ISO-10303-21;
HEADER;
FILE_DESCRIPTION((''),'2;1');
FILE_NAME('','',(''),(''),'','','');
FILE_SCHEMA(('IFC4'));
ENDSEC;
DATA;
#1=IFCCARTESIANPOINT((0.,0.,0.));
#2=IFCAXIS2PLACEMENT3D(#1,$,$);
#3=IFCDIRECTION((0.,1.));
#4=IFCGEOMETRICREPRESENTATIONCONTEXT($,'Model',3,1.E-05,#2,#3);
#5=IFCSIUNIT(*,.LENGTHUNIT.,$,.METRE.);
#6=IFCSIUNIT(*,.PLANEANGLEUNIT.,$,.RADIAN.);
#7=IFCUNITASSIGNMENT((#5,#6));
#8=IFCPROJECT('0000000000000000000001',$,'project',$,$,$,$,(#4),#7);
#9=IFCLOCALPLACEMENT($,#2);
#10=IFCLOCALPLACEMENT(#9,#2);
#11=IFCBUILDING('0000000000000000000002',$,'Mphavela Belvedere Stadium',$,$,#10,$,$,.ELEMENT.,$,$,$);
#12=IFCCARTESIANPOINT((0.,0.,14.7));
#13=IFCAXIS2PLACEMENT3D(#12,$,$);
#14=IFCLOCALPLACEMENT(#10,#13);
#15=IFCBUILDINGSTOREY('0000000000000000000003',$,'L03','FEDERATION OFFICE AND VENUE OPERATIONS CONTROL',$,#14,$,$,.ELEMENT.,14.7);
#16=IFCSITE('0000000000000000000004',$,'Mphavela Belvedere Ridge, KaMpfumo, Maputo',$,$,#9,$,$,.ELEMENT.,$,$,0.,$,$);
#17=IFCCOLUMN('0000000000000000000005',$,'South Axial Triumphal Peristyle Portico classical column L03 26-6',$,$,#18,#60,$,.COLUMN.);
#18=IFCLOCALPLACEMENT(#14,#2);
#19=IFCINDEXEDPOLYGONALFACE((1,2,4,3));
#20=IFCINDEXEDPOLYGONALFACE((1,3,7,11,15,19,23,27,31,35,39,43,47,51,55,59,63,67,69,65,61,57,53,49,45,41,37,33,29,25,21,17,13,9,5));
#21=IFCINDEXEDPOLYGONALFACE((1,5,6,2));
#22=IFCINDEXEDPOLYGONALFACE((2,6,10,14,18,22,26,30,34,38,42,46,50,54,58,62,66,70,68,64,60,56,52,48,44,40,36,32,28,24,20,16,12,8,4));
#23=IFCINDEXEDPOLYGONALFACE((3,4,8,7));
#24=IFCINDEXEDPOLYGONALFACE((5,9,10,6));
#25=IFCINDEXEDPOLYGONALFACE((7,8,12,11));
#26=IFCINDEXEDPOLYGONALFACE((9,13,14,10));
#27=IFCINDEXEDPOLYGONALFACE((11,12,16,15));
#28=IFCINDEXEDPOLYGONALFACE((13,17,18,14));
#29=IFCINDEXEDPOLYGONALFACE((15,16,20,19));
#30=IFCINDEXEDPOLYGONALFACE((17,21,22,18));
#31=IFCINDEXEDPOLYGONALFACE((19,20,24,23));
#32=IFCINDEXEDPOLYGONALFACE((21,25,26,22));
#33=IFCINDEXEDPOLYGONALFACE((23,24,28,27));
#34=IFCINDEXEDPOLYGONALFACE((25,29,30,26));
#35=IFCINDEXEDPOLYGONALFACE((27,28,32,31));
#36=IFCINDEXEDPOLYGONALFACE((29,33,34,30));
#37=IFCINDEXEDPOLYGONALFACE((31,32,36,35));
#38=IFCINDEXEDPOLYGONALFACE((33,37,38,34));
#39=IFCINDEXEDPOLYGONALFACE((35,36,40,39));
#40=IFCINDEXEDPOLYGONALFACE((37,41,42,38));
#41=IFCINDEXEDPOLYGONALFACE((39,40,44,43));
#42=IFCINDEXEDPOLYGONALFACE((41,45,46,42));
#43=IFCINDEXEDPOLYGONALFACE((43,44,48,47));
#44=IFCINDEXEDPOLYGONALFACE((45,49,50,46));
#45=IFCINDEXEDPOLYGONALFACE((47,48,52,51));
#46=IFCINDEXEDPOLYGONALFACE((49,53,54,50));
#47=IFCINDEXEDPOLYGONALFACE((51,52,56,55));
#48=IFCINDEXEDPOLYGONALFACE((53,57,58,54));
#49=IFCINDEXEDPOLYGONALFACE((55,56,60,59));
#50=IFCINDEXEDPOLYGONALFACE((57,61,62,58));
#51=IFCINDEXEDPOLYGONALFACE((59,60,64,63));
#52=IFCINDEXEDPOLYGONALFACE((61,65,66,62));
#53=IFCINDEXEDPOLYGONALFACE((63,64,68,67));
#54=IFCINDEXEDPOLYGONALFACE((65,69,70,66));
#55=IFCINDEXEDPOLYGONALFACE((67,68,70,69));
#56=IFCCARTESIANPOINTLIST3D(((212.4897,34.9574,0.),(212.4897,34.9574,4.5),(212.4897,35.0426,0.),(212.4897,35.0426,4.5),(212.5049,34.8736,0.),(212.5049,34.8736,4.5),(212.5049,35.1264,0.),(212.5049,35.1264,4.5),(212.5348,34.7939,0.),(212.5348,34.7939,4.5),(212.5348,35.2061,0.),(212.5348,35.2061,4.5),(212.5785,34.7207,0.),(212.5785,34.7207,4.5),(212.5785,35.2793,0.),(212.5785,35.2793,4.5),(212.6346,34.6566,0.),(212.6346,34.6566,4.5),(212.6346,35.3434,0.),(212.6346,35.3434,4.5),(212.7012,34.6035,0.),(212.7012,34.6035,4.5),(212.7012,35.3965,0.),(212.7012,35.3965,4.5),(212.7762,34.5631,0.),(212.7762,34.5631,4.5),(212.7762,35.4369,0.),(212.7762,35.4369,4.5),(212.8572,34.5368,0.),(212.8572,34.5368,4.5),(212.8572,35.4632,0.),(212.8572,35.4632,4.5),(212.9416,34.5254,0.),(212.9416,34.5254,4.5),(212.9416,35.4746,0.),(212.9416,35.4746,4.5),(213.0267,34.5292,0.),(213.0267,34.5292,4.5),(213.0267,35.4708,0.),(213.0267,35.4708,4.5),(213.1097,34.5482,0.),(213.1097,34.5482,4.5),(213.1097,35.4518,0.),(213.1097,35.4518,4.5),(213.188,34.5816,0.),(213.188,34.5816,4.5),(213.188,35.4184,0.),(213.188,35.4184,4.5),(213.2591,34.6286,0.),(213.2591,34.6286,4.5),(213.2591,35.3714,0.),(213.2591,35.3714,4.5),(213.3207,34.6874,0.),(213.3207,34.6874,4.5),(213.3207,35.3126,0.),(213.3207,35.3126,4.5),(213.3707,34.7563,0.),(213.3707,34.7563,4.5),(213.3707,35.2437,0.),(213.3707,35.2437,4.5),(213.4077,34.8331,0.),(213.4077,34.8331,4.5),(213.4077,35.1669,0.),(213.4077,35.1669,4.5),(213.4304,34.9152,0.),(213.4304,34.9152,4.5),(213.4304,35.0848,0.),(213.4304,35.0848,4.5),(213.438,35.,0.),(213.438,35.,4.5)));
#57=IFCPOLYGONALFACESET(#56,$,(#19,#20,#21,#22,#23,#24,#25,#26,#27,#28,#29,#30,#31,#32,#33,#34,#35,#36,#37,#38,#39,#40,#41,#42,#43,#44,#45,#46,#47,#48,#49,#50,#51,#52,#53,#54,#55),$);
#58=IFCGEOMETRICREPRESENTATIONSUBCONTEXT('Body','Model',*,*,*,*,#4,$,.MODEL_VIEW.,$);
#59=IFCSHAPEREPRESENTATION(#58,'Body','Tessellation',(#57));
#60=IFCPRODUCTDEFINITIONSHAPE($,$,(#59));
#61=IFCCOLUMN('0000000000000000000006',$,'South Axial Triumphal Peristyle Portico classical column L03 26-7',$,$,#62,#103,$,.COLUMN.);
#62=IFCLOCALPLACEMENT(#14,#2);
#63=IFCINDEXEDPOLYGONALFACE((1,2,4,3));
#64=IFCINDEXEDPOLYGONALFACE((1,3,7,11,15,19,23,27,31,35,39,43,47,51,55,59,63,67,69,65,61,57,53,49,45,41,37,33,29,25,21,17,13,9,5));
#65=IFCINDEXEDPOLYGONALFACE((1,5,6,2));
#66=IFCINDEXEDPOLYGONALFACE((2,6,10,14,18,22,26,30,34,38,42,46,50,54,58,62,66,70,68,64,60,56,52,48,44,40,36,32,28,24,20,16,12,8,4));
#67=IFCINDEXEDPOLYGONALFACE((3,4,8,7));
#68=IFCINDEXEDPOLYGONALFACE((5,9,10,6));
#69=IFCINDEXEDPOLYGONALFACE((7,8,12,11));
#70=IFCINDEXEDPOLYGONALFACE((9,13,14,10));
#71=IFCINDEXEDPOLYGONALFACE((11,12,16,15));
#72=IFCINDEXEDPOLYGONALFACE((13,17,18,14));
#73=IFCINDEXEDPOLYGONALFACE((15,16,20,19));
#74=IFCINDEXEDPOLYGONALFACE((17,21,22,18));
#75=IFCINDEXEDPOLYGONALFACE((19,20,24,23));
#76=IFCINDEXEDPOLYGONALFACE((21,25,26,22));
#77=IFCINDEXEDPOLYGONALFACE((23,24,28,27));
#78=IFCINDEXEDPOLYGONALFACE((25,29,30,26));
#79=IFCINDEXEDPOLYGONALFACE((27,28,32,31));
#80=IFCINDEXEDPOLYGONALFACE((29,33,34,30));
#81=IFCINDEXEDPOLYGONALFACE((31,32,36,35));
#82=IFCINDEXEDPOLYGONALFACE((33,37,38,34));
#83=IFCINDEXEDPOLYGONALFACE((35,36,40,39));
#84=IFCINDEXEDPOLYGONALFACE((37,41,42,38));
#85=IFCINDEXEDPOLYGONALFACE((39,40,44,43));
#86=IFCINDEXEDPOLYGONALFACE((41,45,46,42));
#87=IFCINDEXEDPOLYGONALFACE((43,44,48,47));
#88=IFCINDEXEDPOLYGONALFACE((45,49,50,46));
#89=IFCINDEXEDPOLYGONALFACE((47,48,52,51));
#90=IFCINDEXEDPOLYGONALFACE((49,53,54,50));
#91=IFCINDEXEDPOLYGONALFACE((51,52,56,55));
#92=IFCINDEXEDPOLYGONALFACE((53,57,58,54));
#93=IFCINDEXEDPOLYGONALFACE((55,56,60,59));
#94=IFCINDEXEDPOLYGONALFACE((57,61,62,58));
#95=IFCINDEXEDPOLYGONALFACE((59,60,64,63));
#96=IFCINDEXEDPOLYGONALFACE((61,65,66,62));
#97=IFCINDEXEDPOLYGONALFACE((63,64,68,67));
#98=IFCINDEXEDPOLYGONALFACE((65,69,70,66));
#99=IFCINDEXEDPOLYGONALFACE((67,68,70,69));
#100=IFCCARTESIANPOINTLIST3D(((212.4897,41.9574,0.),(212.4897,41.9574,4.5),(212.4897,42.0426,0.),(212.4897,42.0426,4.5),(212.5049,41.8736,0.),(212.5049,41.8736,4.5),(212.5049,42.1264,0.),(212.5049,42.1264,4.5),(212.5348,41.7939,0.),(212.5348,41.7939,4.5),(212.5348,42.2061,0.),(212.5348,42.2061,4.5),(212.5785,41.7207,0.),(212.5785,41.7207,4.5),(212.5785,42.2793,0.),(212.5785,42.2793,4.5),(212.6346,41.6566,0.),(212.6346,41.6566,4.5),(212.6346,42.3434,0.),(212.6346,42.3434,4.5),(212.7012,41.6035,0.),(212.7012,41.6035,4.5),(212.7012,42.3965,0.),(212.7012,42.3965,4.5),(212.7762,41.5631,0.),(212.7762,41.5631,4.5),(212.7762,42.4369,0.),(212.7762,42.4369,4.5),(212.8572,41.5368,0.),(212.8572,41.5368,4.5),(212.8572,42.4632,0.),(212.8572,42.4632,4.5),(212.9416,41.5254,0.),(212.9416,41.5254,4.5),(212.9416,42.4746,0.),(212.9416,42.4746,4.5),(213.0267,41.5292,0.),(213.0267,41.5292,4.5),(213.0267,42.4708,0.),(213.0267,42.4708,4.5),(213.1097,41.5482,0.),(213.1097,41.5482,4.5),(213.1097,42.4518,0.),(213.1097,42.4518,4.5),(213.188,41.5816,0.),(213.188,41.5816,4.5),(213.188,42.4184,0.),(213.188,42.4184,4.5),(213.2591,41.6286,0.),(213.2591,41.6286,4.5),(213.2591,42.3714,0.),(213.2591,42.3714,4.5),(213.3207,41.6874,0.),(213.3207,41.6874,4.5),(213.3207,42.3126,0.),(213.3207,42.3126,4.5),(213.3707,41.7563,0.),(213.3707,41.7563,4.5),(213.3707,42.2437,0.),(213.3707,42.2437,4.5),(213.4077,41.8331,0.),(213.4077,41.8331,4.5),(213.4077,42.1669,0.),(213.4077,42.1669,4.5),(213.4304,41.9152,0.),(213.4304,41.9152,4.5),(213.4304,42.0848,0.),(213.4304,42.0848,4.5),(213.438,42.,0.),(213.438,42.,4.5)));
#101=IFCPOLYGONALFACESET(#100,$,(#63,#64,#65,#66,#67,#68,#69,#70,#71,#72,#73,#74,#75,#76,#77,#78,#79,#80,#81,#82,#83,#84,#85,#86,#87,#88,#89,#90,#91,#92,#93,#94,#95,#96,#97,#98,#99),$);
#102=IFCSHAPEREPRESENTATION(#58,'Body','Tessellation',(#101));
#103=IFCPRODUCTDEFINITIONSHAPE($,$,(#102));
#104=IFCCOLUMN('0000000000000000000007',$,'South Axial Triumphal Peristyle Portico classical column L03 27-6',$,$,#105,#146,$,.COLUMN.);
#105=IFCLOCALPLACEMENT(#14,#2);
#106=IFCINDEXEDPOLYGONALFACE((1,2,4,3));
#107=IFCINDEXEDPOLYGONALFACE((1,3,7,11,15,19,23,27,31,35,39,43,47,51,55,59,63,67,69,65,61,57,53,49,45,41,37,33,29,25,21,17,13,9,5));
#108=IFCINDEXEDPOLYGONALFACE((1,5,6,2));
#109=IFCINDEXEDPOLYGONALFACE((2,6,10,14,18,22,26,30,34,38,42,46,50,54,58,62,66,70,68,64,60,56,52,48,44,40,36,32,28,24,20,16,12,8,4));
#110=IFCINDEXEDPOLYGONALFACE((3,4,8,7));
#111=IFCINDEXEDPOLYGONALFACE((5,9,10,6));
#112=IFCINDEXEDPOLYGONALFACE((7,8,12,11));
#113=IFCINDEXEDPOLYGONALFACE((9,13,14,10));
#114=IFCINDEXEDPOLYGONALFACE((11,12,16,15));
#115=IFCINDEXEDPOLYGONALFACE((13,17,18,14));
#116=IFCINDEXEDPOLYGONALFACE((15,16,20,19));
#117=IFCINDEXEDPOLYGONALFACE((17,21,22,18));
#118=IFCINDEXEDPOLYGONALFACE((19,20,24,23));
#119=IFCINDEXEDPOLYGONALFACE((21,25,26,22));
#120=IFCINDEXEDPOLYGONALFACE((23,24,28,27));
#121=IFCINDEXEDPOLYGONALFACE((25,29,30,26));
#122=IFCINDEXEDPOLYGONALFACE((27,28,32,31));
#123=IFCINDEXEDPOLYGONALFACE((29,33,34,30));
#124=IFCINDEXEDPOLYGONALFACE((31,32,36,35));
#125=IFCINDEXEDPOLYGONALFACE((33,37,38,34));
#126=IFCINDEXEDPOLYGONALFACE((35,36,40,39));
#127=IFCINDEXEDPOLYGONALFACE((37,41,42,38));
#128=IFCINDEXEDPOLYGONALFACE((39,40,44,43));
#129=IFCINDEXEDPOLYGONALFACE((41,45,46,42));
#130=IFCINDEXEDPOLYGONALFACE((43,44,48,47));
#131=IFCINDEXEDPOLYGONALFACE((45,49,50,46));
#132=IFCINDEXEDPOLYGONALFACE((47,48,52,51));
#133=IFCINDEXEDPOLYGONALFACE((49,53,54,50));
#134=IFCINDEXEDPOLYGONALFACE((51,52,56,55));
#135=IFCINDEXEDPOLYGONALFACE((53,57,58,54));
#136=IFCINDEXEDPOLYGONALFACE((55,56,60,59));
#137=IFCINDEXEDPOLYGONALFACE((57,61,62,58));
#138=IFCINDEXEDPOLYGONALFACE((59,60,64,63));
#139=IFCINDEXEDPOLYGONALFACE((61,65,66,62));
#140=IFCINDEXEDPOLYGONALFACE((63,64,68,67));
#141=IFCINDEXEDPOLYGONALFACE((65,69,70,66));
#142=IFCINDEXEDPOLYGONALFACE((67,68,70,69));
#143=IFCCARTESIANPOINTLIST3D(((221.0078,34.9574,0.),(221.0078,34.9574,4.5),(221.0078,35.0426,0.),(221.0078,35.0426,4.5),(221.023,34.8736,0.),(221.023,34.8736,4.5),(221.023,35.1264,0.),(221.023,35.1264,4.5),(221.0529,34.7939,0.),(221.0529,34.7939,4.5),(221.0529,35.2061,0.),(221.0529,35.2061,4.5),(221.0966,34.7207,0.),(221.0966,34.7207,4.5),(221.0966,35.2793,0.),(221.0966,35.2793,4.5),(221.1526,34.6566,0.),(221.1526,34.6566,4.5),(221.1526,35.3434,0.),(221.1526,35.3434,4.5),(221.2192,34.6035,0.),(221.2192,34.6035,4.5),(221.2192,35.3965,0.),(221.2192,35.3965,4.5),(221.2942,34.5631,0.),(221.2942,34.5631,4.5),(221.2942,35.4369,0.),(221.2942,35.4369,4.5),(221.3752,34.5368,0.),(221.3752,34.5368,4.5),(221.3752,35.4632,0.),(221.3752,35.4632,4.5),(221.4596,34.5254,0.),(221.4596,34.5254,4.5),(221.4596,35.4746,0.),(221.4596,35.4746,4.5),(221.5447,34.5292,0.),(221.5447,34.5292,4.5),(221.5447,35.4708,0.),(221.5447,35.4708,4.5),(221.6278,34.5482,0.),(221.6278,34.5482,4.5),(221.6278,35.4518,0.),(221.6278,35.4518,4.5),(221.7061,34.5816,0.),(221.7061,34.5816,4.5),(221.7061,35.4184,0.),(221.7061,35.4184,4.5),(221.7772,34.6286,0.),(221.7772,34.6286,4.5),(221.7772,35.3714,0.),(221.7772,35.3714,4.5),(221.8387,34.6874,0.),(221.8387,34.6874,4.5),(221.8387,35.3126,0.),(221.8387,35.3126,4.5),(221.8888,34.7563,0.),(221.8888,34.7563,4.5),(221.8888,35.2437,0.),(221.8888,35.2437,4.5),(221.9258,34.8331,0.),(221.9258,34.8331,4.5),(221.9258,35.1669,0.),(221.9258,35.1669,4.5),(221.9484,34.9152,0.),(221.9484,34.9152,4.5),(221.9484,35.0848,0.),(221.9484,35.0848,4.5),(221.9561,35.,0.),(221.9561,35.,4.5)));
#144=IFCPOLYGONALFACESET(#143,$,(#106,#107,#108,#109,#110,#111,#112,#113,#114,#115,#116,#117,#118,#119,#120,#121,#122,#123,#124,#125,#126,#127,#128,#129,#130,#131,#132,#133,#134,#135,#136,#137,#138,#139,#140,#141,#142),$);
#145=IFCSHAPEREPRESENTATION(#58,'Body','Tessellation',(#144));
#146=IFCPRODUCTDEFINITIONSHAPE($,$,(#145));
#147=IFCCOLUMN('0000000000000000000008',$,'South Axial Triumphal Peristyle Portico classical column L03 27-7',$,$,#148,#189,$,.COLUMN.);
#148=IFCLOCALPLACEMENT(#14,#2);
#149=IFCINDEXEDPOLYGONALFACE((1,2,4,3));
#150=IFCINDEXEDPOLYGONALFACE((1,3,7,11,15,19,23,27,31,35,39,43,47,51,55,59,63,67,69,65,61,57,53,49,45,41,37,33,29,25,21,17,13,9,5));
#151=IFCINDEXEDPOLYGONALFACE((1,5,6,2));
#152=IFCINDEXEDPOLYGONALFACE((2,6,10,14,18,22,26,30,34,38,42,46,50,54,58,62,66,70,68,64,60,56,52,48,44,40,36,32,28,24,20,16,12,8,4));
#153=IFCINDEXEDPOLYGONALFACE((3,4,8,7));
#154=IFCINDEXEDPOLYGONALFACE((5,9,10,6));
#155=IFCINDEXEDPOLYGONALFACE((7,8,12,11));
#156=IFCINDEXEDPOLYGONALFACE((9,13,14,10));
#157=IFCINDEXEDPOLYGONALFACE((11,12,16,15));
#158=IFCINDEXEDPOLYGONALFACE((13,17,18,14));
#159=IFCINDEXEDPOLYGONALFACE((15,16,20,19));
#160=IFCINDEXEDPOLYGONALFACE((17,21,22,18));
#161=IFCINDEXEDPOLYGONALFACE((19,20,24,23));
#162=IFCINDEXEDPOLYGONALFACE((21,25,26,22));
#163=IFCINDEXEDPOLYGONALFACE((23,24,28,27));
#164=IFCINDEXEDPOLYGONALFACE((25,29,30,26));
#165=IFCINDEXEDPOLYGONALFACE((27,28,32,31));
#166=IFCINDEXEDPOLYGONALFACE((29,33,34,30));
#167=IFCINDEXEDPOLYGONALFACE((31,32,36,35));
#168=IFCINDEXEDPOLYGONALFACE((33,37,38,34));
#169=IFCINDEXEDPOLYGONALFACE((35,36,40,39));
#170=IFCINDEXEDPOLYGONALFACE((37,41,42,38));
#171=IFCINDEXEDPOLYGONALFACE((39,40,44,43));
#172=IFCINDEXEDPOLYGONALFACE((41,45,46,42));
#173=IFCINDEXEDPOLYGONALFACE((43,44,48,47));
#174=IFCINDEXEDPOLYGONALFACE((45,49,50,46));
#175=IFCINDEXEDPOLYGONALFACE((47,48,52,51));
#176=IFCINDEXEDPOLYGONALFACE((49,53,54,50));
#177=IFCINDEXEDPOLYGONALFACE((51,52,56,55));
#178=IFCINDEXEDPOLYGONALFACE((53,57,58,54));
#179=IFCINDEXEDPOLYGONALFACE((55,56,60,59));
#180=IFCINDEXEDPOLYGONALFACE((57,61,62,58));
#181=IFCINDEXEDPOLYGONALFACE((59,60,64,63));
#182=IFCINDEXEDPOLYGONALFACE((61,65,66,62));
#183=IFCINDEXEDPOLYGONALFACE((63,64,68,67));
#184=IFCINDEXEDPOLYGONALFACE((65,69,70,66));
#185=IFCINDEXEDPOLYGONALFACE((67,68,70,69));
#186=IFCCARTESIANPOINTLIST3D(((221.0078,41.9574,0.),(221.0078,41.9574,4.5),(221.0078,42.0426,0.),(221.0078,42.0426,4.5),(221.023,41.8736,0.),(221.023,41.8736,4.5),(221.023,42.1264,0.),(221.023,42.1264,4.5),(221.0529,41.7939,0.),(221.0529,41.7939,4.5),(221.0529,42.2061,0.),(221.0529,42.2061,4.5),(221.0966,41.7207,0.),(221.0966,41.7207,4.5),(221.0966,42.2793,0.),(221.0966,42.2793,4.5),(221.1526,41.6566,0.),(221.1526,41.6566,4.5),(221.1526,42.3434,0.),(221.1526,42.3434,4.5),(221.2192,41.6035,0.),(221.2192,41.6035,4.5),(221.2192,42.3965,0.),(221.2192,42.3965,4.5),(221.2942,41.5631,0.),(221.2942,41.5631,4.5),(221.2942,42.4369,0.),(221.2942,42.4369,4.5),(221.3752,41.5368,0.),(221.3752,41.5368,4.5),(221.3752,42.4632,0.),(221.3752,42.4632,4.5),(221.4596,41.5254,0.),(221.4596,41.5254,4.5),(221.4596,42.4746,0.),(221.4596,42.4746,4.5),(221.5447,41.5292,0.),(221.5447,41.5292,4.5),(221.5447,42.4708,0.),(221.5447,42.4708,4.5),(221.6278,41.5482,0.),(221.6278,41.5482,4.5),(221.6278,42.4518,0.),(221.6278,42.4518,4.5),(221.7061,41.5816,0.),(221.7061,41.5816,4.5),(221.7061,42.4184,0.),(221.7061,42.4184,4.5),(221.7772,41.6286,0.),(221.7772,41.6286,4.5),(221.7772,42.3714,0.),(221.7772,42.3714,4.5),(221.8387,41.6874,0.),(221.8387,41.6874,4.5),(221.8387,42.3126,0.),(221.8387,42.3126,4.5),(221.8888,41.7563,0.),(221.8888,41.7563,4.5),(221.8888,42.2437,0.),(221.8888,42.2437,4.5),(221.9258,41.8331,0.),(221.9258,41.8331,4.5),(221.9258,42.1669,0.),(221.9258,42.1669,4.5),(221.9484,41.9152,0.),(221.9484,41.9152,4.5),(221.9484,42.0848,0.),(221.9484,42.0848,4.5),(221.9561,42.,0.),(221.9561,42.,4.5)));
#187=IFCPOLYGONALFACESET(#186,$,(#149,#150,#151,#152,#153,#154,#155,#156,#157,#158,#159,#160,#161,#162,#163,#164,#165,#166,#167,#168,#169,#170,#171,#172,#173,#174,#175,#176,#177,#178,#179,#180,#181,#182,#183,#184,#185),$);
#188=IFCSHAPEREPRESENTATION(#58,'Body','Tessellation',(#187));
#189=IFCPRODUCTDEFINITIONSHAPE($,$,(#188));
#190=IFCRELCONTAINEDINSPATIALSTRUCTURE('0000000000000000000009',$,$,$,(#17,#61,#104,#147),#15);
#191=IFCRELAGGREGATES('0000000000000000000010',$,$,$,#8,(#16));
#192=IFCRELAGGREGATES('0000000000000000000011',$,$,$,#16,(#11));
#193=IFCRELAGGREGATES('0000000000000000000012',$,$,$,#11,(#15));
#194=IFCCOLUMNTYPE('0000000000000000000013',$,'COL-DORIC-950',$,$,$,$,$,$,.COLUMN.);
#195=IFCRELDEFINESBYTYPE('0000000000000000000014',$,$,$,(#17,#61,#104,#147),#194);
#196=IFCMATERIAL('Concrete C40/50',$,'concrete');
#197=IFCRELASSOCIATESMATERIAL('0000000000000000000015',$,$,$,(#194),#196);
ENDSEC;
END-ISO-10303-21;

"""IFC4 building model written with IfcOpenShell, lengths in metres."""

from ifc_helpers import new_model, si_unit, direction, frame, origin, origin_2d, place, context, subcontext, project, spatial, circle, extrude, material, material_profile, profile_set, type_object, element, save


model = new_model("IFC4")

# Units and contexts
model_context = context("Model", 3, precision=1e-05, world=origin(), true_north=direction((0.0, 1.0)))
body_context = subcontext(model_context, "Body", "Model", "MODEL_VIEW")
ifc_project = project(units=[si_unit("LENGTHUNIT", "METRE"), si_unit("PLANEANGLEUNIT", "RADIAN")], contexts=[model_context])

# Site, building, storey
site_placement = place(None, origin())
site = spatial("IfcSite", under=ifc_project, at=site_placement, Name="Mphavela Belvedere Ridge, KaMpfumo, Maputo", CompositionType="ELEMENT", RefElevation=0.0)
building_placement = place(site_placement, origin())
building = spatial("IfcBuilding", under=site, at=building_placement, Name="Mphavela Belvedere Stadium", CompositionType="ELEMENT")
storey_placement = place(building_placement, frame((0.0, 0.0, 14.7)))
storey = spatial("IfcBuildingStorey", under=building, at=storey_placement, Name="L03", Description="FEDERATION OFFICE AND VENUE OPERATIONS CONTROL", CompositionType="ELEMENT", Elevation=14.7)

# Columns
ifc_material_1 = material(Name="Concrete C40/50", Category="concrete")
ifc_material_profile_1 = material_profile(ifc_material_1, circle(Radius=0.4751, at=origin_2d()), Name="COL D950")
ifc_profile_set_1 = profile_set([ifc_material_profile_1], Name="Concrete C40/50")
column_type = type_object("IfcColumnType", Name="COL-DORIC-950", PredefinedType="COLUMN", material=ifc_profile_set_1)
for number, where, z_axis, x_axis, name in (
    (1, (212.9629, 35.0, 0.0), (0.0, 0.0, 1.0), (1.0, 0.0, 0.0), "South Axial Triumphal Peristyle Portico classical column L03 26-6"),
    (2, (212.9629, 42.0, 0.0), (0.0, 0.0, 1.0), (1.0, 0.0, 0.0), "South Axial Triumphal Peristyle Portico classical column L03 26-7"),
    (3, (221.481, 35.0, 0.0), (0.0, 0.0, 1.0), (1.0, 0.0, 0.0), "South Axial Triumphal Peristyle Portico classical column L03 27-6"),
    (4, (221.481, 42.0, 0.0), (0.0, 0.0, 1.0), (1.0, 0.0, 0.0), "South Axial Triumphal Peristyle Portico classical column L03 27-7"),
):
    element("IfcColumn", number, at=place(storey_placement, frame(where, z_axis=z_axis, x_axis=x_axis)), inside=storey, type_object=column_type, Name=name, PredefinedType="COLUMN", context=body_context, shape_type="SweptSolid", body=[
        extrude(circle(Radius=0.4751, at=origin_2d()), origin(), (0.0, 0.0, 1.0), 4.5),
    ])

save(model, "model.ifc")
